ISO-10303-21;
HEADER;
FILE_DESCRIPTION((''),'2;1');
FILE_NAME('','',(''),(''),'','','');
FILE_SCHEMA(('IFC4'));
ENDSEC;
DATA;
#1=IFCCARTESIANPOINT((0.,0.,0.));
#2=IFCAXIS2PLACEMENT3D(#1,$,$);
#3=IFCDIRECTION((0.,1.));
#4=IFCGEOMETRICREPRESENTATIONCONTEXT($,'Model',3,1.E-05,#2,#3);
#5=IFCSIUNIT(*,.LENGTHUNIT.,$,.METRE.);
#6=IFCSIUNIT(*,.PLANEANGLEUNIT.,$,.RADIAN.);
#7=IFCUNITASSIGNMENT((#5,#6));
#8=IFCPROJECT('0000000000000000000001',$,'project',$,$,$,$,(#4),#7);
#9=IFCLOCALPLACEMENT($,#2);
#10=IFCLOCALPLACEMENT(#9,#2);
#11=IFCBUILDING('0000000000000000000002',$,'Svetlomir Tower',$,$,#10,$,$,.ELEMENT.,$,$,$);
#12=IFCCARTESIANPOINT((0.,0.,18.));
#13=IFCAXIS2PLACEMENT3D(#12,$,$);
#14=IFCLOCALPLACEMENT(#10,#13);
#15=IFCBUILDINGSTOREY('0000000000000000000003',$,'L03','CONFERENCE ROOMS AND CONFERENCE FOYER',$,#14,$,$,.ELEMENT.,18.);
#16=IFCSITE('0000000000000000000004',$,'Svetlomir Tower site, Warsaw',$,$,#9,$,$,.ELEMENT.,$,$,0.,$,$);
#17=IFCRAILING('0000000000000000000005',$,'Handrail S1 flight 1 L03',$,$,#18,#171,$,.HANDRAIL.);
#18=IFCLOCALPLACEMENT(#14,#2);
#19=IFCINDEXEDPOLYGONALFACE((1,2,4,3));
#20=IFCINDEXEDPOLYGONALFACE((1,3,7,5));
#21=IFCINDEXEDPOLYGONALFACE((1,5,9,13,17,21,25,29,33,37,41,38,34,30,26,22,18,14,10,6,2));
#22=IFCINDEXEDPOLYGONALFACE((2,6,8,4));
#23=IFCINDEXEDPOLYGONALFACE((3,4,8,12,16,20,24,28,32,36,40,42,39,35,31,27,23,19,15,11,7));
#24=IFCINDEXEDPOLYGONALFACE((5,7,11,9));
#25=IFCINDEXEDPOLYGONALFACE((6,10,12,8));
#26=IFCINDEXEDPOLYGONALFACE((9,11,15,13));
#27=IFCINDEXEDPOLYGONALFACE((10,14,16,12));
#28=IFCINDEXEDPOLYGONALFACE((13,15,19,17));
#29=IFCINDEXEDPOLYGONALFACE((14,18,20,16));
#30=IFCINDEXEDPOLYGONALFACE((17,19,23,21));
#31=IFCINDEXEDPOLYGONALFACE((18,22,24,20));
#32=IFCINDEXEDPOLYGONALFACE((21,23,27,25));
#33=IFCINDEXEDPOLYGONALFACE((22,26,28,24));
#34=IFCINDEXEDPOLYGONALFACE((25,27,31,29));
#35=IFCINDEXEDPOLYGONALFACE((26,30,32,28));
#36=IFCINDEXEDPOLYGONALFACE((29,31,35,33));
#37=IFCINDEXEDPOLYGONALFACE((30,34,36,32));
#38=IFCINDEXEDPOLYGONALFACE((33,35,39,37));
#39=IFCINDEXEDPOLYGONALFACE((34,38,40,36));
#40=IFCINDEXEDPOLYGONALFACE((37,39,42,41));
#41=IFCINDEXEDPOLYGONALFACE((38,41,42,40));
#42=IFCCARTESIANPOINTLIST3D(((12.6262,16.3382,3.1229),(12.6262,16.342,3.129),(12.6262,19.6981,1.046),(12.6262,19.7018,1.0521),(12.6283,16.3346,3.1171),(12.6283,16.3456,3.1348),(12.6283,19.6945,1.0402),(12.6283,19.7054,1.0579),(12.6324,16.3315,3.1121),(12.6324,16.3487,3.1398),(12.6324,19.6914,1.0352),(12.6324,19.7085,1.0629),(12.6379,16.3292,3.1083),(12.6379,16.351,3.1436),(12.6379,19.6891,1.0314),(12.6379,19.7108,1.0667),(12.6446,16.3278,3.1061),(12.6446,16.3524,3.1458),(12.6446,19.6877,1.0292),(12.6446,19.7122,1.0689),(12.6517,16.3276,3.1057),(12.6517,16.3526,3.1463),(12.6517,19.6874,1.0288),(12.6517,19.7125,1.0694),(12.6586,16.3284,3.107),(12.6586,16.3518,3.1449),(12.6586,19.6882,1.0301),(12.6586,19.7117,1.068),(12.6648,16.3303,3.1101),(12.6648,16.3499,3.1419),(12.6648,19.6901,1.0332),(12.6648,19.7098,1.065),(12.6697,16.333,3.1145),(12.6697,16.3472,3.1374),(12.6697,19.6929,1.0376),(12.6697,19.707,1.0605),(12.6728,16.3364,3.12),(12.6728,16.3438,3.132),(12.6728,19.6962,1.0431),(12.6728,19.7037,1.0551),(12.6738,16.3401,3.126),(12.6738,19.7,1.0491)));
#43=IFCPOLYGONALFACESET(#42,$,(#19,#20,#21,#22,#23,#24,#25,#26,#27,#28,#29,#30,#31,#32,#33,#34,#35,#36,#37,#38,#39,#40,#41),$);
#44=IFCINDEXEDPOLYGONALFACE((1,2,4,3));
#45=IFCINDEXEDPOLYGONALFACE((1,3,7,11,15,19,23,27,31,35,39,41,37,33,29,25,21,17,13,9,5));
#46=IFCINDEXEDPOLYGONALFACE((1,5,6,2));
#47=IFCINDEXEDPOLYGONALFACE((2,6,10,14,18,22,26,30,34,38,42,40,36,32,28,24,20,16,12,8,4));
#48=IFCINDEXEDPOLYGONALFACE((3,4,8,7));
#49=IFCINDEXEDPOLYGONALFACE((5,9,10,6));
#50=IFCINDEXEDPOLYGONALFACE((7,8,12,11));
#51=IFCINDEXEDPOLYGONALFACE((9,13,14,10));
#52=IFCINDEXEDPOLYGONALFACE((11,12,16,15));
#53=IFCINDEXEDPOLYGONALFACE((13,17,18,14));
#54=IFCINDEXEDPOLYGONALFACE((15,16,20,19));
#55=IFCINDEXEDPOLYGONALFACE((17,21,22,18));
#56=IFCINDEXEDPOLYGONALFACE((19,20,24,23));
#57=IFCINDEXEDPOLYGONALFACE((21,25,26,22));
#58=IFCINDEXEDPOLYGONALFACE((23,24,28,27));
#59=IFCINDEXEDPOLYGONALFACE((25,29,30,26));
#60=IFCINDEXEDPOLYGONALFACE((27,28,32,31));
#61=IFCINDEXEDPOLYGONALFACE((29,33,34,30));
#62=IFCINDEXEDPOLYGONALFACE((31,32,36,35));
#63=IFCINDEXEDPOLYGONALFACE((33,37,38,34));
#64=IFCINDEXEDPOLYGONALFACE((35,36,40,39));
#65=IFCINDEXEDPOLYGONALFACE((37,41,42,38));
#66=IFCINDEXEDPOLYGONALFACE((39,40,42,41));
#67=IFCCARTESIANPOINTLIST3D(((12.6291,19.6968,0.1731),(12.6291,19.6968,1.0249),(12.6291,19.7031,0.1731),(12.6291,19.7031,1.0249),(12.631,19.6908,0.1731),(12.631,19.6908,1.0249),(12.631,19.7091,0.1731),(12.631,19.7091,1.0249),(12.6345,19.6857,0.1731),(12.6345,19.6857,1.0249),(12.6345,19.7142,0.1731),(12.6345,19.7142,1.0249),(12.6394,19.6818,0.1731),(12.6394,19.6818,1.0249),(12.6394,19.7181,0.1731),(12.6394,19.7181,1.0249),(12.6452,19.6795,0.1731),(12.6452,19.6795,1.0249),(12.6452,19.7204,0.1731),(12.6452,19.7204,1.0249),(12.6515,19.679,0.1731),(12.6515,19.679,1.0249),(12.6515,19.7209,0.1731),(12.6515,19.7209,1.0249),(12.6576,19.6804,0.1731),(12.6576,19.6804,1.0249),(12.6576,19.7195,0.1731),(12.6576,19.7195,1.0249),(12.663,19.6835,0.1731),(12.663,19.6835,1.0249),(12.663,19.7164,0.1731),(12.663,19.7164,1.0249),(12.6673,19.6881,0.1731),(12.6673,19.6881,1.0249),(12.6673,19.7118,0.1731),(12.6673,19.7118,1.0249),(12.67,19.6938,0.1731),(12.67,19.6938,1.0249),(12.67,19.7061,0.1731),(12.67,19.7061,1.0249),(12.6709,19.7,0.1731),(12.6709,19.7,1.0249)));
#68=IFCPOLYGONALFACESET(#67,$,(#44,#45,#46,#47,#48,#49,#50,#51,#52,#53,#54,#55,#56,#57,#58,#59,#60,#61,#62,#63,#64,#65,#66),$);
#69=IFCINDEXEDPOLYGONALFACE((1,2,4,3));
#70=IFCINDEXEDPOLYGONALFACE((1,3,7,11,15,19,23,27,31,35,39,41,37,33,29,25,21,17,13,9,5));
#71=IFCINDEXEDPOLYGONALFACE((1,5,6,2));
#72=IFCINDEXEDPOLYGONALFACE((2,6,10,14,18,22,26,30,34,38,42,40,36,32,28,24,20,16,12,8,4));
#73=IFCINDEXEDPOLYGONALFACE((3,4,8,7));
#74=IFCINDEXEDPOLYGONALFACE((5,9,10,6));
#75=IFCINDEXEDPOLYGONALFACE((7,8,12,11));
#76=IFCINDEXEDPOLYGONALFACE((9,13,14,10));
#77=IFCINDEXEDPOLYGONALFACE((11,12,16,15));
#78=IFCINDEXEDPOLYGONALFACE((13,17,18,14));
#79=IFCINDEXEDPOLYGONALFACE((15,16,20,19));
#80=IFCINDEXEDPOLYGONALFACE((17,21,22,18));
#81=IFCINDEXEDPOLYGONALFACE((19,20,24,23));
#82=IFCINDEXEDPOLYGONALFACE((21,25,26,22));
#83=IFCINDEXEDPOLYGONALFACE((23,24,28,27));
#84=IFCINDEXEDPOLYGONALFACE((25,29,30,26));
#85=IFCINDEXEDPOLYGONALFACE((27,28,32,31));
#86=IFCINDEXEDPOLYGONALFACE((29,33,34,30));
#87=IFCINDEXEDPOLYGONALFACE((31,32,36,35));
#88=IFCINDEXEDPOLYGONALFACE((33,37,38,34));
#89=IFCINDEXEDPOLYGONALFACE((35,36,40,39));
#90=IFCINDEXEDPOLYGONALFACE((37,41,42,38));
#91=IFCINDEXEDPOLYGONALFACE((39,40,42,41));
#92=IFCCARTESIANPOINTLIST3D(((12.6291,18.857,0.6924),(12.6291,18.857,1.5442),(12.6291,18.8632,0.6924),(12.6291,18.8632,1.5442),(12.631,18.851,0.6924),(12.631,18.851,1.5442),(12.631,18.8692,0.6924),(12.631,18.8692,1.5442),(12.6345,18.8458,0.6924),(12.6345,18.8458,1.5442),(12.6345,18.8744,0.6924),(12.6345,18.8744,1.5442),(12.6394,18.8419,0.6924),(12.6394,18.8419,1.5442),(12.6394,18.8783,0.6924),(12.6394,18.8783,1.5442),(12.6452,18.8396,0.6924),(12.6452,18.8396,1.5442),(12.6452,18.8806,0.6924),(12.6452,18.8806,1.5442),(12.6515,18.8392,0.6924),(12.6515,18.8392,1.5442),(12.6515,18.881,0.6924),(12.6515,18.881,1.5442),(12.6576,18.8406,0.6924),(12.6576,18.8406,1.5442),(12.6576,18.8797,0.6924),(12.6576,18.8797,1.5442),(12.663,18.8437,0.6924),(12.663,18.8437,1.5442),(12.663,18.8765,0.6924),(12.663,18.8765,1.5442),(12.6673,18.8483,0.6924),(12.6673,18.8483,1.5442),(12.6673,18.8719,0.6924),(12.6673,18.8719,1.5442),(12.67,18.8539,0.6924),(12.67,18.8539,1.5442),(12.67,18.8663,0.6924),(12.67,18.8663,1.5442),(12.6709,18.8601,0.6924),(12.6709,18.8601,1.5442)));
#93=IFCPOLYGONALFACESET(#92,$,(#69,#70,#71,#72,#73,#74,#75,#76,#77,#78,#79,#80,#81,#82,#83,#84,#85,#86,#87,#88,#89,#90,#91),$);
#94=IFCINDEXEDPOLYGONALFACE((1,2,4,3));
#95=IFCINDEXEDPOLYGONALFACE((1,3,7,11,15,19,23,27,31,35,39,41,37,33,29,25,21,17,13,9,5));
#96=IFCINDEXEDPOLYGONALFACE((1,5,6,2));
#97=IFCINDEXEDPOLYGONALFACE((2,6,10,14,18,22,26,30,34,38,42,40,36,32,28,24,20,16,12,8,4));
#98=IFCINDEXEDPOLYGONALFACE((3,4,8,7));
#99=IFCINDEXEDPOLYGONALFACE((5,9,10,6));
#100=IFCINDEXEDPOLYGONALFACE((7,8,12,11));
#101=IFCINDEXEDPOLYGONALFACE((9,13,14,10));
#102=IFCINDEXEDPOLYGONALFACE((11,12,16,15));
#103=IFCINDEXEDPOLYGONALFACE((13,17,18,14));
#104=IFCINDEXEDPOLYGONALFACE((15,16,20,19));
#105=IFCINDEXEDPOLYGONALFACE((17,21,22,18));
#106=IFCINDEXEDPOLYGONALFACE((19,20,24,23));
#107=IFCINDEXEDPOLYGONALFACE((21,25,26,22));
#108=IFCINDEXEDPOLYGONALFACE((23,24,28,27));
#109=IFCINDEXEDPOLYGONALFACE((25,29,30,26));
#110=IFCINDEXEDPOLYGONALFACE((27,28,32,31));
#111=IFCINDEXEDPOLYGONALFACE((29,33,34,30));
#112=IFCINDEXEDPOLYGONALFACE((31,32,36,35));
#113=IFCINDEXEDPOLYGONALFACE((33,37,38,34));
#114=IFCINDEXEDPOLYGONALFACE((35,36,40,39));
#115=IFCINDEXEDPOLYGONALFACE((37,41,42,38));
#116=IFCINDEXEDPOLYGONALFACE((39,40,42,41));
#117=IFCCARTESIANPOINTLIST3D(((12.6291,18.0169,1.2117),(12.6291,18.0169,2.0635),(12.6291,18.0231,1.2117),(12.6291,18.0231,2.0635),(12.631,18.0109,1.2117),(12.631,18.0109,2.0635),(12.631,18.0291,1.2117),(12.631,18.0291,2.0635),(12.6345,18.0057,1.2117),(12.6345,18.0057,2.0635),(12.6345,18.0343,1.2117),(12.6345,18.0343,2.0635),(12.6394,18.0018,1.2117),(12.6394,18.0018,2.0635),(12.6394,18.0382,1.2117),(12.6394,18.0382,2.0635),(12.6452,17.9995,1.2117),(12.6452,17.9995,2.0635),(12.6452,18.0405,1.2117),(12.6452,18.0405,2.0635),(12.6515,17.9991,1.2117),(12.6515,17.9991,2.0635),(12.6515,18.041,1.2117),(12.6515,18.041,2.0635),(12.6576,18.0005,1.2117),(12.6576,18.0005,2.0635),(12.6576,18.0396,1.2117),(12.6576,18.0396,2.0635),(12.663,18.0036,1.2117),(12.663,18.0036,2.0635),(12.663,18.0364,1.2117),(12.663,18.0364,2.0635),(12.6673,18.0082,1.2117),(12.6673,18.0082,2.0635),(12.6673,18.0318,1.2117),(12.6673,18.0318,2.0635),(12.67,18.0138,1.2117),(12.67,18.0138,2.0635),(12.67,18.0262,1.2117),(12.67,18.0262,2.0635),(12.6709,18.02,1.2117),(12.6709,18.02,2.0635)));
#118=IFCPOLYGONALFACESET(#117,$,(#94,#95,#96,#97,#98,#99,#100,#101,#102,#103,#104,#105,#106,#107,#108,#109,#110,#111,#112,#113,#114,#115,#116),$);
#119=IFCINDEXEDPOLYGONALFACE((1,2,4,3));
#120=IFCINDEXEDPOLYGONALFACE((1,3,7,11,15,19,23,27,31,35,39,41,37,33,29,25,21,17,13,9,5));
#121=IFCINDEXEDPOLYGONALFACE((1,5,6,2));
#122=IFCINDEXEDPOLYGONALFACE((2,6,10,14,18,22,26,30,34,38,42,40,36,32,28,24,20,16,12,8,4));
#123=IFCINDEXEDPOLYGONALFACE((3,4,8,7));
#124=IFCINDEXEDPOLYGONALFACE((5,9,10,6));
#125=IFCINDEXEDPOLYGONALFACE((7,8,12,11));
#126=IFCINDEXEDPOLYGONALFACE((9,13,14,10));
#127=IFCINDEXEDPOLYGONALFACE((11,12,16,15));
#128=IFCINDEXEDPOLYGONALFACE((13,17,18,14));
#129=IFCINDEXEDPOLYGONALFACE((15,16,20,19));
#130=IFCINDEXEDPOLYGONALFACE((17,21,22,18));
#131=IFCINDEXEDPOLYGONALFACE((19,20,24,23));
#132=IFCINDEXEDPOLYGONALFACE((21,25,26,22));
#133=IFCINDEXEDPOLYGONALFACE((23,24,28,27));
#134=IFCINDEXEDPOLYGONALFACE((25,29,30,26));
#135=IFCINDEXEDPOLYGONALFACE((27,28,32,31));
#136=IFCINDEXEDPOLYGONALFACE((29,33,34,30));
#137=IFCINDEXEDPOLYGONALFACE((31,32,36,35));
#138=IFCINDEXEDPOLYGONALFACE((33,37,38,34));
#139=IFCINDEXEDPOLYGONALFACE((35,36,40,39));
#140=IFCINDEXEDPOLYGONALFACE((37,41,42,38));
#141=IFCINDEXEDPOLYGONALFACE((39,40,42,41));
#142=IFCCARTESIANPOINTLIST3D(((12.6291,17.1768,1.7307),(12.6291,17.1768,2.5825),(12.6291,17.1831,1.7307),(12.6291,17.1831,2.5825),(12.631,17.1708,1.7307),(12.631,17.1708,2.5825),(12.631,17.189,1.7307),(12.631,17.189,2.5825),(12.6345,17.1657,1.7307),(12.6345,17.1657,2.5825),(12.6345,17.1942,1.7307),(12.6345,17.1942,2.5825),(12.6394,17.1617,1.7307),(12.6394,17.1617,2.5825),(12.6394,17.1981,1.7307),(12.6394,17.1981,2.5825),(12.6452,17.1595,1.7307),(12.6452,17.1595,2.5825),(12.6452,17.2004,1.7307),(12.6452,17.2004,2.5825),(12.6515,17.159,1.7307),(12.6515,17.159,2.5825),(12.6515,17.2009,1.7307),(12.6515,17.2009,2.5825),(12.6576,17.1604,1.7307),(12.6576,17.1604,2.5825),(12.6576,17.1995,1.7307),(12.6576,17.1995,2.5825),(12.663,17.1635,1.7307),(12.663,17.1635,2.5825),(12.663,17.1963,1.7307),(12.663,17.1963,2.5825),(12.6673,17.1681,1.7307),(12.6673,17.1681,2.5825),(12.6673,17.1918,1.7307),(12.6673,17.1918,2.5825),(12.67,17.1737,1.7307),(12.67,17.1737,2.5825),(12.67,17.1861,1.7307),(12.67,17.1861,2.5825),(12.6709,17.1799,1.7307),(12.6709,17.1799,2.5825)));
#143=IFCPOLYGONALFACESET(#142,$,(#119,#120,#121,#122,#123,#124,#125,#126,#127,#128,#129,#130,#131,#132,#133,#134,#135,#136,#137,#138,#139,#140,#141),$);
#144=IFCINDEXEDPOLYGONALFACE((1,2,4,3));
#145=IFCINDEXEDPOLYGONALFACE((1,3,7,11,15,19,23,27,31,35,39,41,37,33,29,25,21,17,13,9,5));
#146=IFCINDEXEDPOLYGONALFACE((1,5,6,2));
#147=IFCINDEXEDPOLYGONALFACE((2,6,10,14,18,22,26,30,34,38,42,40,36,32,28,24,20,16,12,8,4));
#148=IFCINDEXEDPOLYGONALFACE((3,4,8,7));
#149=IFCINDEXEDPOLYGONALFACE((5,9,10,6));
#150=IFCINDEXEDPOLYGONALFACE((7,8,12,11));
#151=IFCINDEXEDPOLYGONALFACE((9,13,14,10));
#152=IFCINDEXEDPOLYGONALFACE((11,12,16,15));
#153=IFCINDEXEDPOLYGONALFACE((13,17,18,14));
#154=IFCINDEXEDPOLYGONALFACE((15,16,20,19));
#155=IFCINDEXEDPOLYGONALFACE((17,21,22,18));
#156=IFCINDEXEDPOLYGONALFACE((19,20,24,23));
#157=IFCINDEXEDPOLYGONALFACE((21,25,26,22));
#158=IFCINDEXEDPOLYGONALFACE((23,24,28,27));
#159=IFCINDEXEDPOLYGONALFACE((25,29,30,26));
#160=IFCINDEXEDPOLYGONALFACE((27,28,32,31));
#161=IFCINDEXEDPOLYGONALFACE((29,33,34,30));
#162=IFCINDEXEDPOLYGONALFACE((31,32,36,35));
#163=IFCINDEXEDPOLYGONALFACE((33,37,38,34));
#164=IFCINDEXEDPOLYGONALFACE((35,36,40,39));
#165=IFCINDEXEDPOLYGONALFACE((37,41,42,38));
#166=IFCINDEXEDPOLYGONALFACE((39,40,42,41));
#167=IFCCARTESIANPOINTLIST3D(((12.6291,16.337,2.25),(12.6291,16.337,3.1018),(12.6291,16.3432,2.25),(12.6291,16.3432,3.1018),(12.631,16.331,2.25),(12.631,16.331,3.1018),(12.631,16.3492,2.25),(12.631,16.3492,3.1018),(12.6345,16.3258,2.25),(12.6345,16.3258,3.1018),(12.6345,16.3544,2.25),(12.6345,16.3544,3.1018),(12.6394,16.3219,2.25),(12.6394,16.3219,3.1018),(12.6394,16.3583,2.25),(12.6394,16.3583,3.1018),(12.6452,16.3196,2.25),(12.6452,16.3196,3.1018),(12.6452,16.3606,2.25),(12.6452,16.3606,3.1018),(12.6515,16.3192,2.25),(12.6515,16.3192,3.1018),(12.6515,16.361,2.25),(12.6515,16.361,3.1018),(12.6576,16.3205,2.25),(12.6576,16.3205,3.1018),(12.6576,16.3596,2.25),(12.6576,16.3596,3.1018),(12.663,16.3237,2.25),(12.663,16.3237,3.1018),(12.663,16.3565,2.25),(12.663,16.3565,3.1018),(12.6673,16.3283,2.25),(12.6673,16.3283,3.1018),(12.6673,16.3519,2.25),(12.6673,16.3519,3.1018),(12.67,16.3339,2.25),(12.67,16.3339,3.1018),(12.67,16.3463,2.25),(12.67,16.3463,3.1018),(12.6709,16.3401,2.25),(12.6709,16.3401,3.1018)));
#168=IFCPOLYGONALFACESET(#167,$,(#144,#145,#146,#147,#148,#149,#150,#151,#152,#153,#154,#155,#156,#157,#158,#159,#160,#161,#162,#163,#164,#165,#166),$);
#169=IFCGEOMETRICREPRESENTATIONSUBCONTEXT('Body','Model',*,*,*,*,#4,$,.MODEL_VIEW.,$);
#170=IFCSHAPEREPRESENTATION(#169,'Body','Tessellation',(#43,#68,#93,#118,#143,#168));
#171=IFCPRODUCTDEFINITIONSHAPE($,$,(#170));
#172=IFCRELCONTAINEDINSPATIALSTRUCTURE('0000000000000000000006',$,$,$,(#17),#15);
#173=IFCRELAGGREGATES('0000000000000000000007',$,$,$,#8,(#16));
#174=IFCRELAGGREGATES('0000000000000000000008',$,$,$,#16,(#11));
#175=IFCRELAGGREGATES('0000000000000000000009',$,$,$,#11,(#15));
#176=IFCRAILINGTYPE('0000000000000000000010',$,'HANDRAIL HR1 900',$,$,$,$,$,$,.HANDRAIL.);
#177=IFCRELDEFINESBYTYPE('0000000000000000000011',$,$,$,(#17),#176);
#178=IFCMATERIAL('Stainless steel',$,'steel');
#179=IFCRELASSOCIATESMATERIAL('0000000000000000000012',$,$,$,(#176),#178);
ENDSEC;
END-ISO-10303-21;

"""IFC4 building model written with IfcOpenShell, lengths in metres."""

from ifc_helpers import new_model, si_unit, direction, frame, origin, origin_2d, place, context, subcontext, project, spatial, circle, extrude, material, type_object, element, save


model = new_model("IFC4")

# Units and contexts
model_context = context("Model", 3, precision=1e-05, world=origin(), true_north=direction((0.0, 1.0)))
body_context = subcontext(model_context, "Body", "Model", "MODEL_VIEW")
ifc_project = project(units=[si_unit("LENGTHUNIT", "METRE"), si_unit("PLANEANGLEUNIT", "RADIAN")], contexts=[model_context])

# Site, building, storey
site_placement = place(None, origin())
site = spatial("IfcSite", under=ifc_project, at=site_placement, Name="Svetlomir Tower site, Warsaw", CompositionType="ELEMENT", RefElevation=0.0)
building_placement = place(site_placement, origin())
building = spatial("IfcBuilding", under=site, at=building_placement, Name="Svetlomir Tower", CompositionType="ELEMENT")
storey_placement = place(building_placement, frame((0.0, 0.0, 18.0)))
storey = spatial("IfcBuildingStorey", under=building, at=storey_placement, Name="L03", Description="CONFERENCE ROOMS AND CONFERENCE FOYER", CompositionType="ELEMENT", Elevation=18.0)

# Railing
ifc_material_1 = material(Name="Stainless steel", Category="steel")
railing_type = type_object("IfcRailingType", Name="HANDRAIL HR1 900", PredefinedType="HANDRAIL", material=ifc_material_1)
railing_1_placement = place(storey_placement, frame((12.6499, 19.7, 0.1731)))
element("IfcRailing", 1, at=railing_1_placement, inside=storey, type_object=railing_type, Name="Handrail S1 flight 1 L03", PredefinedType="HANDRAIL", context=body_context, shape_type="SweptSolid", body=[
    extrude(circle(Radius=0.0239, at=origin_2d()), frame((0.0, 0.0, 0.876), z_axis=(0.0, -0.850606, 0.525803), x_axis=(1.0, 0.0, 0.0)), (0.0, 0.0, 1.0), 3.95),
    extrude(circle(Radius=0.021, at=origin_2d()), origin(), (0.0, 0.0, 1.0), 0.8518),
    extrude(circle(Radius=0.021, at=origin_2d()), frame((0.0, -0.8398, 0.5193)), (0.0, 0.0, 1.0), 0.8518),
    extrude(circle(Radius=0.021, at=origin_2d()), frame((0.0, -1.6799, 1.0386)), (0.0, 0.0, 1.0), 0.8518),
    extrude(circle(Radius=0.021, at=origin_2d()), frame((0.0, -2.52, 1.5576)), (0.0, 0.0, 1.0), 0.8518),
    extrude(circle(Radius=0.021, at=origin_2d()), frame((0.0, -3.3599, 2.0769)), (0.0, 0.0, 1.0), 0.8518),
])

save(model, "model.ifc")
